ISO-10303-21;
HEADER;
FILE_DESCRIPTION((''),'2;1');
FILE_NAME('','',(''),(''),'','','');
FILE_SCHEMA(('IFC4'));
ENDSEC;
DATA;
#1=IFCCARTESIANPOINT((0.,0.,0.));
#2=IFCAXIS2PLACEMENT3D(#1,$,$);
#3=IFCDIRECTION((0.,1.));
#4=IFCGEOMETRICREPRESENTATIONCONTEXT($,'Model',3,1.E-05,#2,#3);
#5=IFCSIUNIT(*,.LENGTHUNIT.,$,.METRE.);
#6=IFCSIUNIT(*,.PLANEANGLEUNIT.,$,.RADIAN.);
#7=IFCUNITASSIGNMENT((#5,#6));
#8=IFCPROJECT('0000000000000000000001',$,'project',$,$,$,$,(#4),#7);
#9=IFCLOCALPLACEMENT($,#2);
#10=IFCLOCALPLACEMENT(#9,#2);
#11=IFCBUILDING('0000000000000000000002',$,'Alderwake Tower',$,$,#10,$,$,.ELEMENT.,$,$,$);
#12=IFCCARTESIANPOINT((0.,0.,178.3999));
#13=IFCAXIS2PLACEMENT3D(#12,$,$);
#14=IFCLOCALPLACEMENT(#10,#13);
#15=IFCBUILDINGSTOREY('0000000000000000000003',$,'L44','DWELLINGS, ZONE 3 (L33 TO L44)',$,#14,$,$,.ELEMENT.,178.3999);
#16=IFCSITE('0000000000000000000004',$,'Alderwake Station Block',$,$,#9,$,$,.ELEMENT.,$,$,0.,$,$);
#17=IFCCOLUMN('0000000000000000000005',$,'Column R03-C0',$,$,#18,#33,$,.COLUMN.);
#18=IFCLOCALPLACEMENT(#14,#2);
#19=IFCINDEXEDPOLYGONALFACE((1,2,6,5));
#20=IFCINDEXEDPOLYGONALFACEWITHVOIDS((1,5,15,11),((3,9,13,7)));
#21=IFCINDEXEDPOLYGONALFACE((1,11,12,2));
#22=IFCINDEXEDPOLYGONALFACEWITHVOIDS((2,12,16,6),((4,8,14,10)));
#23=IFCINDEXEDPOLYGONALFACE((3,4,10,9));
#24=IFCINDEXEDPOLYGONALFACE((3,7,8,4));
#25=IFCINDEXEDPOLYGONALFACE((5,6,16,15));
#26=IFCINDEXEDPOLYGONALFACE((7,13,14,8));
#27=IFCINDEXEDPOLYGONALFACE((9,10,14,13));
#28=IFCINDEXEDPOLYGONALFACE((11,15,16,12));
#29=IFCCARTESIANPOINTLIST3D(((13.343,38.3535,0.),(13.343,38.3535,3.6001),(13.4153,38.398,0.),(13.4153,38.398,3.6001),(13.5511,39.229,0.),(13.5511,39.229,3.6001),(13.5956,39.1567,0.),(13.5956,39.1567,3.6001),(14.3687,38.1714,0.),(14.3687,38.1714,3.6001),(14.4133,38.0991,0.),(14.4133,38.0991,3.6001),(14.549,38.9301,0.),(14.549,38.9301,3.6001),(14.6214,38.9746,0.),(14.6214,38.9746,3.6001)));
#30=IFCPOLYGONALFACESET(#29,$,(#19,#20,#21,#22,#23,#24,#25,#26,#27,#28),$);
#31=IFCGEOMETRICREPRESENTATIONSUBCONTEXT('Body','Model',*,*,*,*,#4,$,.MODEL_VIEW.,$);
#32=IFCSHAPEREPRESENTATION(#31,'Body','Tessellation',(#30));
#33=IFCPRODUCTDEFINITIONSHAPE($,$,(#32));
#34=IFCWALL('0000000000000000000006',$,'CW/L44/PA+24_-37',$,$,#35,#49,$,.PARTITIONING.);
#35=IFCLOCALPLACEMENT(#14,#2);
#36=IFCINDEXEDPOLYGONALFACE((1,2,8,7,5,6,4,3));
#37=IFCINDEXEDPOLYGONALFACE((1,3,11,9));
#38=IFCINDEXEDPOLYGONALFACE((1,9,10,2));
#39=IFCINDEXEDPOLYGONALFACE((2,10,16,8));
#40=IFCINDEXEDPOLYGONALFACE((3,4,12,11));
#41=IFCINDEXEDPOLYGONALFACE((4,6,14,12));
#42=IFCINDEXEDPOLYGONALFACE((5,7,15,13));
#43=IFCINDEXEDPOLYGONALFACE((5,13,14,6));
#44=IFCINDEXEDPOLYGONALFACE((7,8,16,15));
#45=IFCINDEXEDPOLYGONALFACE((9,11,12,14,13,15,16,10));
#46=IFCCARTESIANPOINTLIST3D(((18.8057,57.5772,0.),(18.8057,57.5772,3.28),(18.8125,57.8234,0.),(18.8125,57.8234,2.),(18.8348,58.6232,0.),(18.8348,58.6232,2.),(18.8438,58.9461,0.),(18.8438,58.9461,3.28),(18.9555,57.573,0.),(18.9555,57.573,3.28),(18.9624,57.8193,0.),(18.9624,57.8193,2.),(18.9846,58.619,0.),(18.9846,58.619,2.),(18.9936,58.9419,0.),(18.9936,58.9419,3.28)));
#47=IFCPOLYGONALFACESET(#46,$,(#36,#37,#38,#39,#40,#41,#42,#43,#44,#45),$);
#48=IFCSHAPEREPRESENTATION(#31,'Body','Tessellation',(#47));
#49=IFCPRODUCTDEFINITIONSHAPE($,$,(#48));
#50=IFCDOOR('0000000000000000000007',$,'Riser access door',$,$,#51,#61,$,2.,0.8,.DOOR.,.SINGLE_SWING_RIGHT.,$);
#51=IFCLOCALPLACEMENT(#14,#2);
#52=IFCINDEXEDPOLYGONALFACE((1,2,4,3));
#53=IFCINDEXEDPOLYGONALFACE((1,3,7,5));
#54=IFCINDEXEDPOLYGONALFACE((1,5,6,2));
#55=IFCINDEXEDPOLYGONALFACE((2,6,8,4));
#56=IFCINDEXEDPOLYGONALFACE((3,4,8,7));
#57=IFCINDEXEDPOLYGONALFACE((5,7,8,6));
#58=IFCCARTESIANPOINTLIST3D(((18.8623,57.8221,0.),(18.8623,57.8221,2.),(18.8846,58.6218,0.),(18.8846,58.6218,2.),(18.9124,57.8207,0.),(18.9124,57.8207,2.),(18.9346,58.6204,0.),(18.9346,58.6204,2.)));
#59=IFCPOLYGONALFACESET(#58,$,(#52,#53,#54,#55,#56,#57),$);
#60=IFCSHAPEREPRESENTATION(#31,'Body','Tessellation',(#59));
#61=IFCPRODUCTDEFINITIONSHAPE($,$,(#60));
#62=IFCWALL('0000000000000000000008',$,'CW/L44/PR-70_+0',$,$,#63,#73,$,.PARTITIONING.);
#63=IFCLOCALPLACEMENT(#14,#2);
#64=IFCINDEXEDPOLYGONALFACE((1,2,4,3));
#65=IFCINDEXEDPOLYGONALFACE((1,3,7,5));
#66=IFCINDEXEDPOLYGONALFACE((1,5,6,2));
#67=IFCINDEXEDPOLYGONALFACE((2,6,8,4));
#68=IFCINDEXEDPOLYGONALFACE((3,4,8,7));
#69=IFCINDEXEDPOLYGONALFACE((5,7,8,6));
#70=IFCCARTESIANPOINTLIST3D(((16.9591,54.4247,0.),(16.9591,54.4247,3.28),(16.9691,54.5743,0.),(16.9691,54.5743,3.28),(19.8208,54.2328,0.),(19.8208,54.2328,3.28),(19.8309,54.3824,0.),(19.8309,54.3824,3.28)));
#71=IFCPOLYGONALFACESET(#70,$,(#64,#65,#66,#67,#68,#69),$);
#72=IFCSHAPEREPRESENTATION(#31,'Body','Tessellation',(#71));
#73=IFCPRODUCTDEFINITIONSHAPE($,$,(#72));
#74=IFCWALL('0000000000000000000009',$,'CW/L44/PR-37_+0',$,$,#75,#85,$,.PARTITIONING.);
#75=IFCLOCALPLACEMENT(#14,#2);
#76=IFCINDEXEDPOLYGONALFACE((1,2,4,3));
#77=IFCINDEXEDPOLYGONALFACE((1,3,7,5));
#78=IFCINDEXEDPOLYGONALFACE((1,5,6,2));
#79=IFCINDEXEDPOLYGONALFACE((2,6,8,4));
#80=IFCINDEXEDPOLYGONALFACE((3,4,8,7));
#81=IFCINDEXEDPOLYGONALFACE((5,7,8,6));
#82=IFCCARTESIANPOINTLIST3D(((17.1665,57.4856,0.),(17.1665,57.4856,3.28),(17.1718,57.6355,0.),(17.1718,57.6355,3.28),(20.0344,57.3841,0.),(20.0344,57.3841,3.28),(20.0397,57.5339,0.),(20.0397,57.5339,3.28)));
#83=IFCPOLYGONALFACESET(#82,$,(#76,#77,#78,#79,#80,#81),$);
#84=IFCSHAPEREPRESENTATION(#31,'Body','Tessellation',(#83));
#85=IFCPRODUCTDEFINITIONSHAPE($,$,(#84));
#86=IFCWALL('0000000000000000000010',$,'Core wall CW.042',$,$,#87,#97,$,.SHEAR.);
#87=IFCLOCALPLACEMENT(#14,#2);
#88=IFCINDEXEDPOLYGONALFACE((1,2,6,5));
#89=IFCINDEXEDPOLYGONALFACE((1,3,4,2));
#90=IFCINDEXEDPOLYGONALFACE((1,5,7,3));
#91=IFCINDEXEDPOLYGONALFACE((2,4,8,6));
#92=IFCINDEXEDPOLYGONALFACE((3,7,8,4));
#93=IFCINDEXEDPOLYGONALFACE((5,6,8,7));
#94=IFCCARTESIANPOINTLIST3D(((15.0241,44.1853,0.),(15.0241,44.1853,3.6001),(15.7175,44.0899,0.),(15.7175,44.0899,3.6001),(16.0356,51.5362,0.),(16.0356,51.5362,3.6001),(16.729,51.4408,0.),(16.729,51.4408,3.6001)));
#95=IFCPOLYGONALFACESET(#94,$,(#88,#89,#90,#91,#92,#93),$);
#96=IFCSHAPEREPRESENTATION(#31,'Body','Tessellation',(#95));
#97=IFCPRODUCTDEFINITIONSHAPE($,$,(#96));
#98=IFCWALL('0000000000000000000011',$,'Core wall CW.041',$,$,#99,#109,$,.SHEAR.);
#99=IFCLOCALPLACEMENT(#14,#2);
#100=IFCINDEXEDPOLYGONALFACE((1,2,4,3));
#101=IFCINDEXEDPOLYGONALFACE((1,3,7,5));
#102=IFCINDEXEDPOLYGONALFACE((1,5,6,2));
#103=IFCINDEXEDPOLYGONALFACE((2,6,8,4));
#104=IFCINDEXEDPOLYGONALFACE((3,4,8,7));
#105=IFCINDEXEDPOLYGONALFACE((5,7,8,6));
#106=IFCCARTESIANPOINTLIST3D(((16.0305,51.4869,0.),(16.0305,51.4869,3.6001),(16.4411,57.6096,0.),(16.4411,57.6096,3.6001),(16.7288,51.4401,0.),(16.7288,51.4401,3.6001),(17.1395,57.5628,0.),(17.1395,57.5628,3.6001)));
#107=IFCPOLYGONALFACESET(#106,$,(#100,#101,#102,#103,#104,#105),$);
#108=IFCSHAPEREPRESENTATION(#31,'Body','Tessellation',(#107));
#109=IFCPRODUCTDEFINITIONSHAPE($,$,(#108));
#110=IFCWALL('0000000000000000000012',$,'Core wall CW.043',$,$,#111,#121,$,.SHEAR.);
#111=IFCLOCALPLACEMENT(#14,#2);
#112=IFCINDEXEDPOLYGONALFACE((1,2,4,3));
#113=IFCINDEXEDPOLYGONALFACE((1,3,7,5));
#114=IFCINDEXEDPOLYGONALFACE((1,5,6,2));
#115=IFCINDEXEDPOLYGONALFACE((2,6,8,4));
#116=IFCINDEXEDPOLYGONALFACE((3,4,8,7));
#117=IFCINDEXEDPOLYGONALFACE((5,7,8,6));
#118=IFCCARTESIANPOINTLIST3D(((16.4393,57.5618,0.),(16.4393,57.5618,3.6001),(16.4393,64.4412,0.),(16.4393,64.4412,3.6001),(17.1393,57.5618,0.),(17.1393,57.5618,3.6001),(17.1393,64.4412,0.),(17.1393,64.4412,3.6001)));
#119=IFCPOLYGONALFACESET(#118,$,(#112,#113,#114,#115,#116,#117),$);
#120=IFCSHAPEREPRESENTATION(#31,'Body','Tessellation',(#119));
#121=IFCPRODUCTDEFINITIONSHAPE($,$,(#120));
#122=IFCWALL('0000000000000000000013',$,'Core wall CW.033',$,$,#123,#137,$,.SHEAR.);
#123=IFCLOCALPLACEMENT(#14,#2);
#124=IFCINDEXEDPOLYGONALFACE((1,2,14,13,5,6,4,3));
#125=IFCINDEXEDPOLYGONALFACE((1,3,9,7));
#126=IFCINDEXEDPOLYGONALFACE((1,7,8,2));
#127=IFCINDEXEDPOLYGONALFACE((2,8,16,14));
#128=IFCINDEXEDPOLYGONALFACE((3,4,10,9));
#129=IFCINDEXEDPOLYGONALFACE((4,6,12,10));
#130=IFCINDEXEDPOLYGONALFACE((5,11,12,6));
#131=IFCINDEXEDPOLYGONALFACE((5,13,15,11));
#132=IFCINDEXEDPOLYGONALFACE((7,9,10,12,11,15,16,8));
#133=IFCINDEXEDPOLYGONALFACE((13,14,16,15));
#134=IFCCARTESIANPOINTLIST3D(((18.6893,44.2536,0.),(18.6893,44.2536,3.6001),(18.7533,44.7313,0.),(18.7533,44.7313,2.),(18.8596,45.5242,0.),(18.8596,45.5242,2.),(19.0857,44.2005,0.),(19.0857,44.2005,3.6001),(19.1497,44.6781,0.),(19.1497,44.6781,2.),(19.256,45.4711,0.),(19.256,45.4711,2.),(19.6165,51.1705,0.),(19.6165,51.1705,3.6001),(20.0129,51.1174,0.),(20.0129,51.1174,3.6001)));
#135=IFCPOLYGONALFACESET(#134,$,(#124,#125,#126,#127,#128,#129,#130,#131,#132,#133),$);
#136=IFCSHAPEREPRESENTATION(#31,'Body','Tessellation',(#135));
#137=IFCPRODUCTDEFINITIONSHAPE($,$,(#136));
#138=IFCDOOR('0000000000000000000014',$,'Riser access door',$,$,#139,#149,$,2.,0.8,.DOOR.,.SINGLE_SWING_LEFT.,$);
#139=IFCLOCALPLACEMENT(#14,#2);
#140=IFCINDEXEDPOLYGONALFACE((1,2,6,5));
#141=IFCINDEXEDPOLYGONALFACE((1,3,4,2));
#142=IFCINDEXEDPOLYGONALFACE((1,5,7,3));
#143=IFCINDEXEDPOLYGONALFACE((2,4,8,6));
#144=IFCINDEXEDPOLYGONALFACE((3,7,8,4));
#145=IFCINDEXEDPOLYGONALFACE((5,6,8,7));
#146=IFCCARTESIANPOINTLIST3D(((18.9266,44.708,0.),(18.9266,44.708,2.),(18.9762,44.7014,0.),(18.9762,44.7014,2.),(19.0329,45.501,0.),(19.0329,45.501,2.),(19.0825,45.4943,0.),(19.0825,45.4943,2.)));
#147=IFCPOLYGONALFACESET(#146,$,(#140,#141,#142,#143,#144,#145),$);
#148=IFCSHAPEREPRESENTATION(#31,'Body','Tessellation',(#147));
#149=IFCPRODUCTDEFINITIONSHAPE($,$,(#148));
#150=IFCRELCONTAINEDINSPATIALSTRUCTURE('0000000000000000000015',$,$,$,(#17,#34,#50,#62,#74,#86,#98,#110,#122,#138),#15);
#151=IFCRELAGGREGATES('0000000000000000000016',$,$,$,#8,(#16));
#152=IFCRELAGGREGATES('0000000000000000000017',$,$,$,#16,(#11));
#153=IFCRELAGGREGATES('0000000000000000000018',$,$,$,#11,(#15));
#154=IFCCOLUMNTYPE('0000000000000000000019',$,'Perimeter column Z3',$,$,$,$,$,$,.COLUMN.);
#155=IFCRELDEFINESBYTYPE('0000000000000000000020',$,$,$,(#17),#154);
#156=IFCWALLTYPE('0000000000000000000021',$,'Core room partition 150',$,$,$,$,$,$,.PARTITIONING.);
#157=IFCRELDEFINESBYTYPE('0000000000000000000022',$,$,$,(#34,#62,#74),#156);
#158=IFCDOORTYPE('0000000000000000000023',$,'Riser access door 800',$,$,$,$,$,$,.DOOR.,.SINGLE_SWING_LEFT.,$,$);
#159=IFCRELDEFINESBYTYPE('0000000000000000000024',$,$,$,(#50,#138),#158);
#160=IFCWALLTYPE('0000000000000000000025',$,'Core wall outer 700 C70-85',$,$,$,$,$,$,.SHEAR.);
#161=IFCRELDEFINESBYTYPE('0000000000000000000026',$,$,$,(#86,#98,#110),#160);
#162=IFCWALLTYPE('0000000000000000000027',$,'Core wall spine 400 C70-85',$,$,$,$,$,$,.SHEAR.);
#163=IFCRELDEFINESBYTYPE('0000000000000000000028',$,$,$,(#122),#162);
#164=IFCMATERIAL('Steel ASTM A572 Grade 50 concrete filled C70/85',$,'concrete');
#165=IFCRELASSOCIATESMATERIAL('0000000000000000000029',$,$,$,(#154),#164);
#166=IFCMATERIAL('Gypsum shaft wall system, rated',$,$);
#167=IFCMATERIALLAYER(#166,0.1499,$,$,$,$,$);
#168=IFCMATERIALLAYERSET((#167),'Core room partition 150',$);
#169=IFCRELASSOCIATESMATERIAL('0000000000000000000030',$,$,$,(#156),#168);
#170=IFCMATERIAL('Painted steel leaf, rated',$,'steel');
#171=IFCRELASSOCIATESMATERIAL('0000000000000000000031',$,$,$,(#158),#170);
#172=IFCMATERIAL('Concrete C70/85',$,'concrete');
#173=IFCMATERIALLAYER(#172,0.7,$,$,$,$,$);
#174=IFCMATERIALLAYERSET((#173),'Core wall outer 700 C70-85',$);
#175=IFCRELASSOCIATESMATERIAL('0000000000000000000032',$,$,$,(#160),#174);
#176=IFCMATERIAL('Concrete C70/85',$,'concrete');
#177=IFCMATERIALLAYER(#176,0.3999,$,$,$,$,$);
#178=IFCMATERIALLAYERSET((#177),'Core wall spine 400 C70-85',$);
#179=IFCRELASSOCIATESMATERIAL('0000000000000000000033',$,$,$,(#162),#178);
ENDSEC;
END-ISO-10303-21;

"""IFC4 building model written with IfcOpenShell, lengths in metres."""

from ifc_helpers import new_model, si_unit, direction, frame, frame_2d, origin, origin_2d, place, context, subcontext, project, spatial, rectangle, hollow_rectangle, extrude, material, layer, layer_set, material_profile, profile_set, type_object, element, fill, save


model = new_model("IFC4")

# Units and contexts
model_context = context("Model", 3, precision=1e-05, world=origin(), true_north=direction((0.0, 1.0)))
body_context = subcontext(model_context, "Body", "Model", "MODEL_VIEW")
ifc_project = project(units=[si_unit("LENGTHUNIT", "METRE"), si_unit("PLANEANGLEUNIT", "RADIAN")], contexts=[model_context])

# Site, building, storey
site_placement = place(None, origin())
site = spatial("IfcSite", under=ifc_project, at=site_placement, Name="Alderwake Station Block", CompositionType="ELEMENT", RefElevation=0.0)
building_placement = place(site_placement, origin())
building = spatial("IfcBuilding", under=site, at=building_placement, Name="Alderwake Tower", CompositionType="ELEMENT")
storey_placement = place(building_placement, frame((0.0, 0.0, 178.3999)))
storey = spatial("IfcBuildingStorey", under=building, at=storey_placement, Name="L44", Description="DWELLINGS, ZONE 3 (L33 TO L44)", CompositionType="ELEMENT", Elevation=178.3999)

# Column
ifc_material_1 = material(Name="Steel ASTM A572 Grade 50 concrete filled C70/85", Category="concrete")
ifc_material_profile = material_profile(ifc_material_1, hollow_rectangle(XDim=0.8999, YDim=1.1001, WallThickness=0.0601, at=origin_2d()), Name="BOX 1100X900X60")
ifc_profile_set = profile_set([ifc_material_profile], Name="Steel ASTM A572 Grade 50 concrete filled C70/85")
column_type = type_object("IfcColumnType", Name="Perimeter column Z3", PredefinedType="COLUMN", material=ifc_profile_set)
column_placement = place(storey_placement, frame((13.9822, 38.6641, 0.0), z_axis=(0.0, 0.0, 1.0), x_axis=(0.231222, 0.972901, 0.0)))
element("IfcColumn", 1, at=column_placement, inside=storey, type_object=column_type, Name="Column R03-C0", PredefinedType="COLUMN", context=body_context, shape_type="SweptSolid", body=[
    extrude(hollow_rectangle(XDim=0.8999, YDim=1.1001, WallThickness=0.0601, at=origin_2d()), origin(), (0.0, 0.0, 1.0), 3.6001),
])

# Wall, opening, door
ifc_material_2 = material(Name="Gypsum shaft wall system, rated")
ifc_layer_1 = layer(ifc_material_2, 0.1499)
ifc_layer_set_1 = layer_set([ifc_layer_1], Name="Core room partition 150")
wall_type_1 = type_object("IfcWallType", Name="Core room partition 150", PredefinedType="PARTITIONING", material=ifc_layer_set_1)
wall_1_placement = place(storey_placement, frame((18.9187, 58.9438, 0.0), z_axis=(0.0, 0.0, 1.0), x_axis=(-0.027812, -0.999613, 0.0)))
wall_1 = element("IfcWall", 2, at=wall_1_placement, inside=storey, type_object=wall_type_1, Name="CW/L44/PA+24_-37", PredefinedType="PARTITIONING", context=body_context, shape_type="SweptSolid", body=[
    extrude(rectangle(XDim=1.3694, YDim=0.1499, at=frame_2d((0.6846, 0.0))), origin(), (0.0, 0.0, 1.0), 3.28),
])
opening_1_placement = place(wall_1_placement, frame((0.323, 0.0, 0.0)))
opening_1 = element("IfcOpeningElement", 3, at=opening_1_placement, cuts=wall_1, PredefinedType="OPENING", context=body_context, shape_type="SweptSolid", body=[
    extrude(rectangle(XDim=0.8, YDim=2.0, at=frame_2d((0.3999, 1.0))), frame((0.0, 0.085, 0.0), z_axis=(0.0, -1.0, 0.0), x_axis=(1.0, 0.0, 0.0)), (0.0, 0.0, 1.0), 0.1699),
])
ifc_material_3 = material(Name="Painted steel leaf, rated", Category="steel")
door_type_1 = type_object("IfcDoorType", Name="Riser access door 800", OperationType="SINGLE_SWING_LEFT", PredefinedType="DOOR", material=ifc_material_3)
door_1_placement = place(opening_1_placement, origin())
door_1 = element("IfcDoor", 4, at=door_1_placement, inside=storey, type_object=door_type_1, Name="Riser access door", OperationType="SINGLE_SWING_RIGHT", OverallHeight=2.0, OverallWidth=0.8, PredefinedType="DOOR", context=body_context, shape_type="SweptSolid", body=[
    extrude(rectangle(XDim=0.8, YDim=2.0, at=frame_2d((0.3999, 1.0))), frame((0.0, 0.0249, 0.0), z_axis=(0.0, -1.0, 0.0), x_axis=(1.0, 0.0, 0.0)), (0.0, 0.0, 1.0), 0.05),
])
fill(opening_1, door_1)

# Walls
wall_2_placement = place(storey_placement, frame((16.9641, 54.4995, 0.0), z_axis=(0.0, 0.0, 1.0), x_axis=(0.997759, -0.066903, 0.0)))
element("IfcWall", 5, at=wall_2_placement, inside=storey, type_object=wall_type_1, Name="CW/L44/PR-70_+0", PredefinedType="PARTITIONING", context=body_context, shape_type="SweptSolid", body=[
    extrude(rectangle(XDim=2.8682, YDim=0.1499, at=frame_2d((1.4341, 0.0))), origin(), (0.0, 0.0, 1.0), 3.28),
])
wall_3_placement = place(storey_placement, frame((17.1692, 57.5605, 0.0), z_axis=(0.0, 0.0, 1.0), x_axis=(0.999374, -0.035391, 0.0)))
element("IfcWall", 6, at=wall_3_placement, inside=storey, type_object=wall_type_1, Name="CW/L44/PR-37_+0", PredefinedType="PARTITIONING", context=body_context, shape_type="SweptSolid", body=[
    extrude(rectangle(XDim=2.8696, YDim=0.1499, at=frame_2d((1.4348, 0.0))), origin(), (0.0, 0.0, 1.0), 3.28),
])
ifc_material_4 = material(Name="Concrete C70/85", Category="concrete")
ifc_layer_2 = layer(ifc_material_4, 0.7)
ifc_layer_set_2 = layer_set([ifc_layer_2], Name="Core wall outer 700 C70-85")
wall_type_2 = type_object("IfcWallType", Name="Core wall outer 700 C70-85", PredefinedType="SHEAR", material=ifc_layer_set_2)
wall_4_placement = place(storey_placement, frame((15.3708, 44.1377, 0.0), z_axis=(0.0, 0.0, 1.0), x_axis=(0.136316, 0.990665, 0.0)))
element("IfcWall", 7, at=wall_4_placement, inside=storey, type_object=wall_type_2, Name="Core wall CW.042", PredefinedType="SHEAR", context=body_context, shape_type="SweptSolid", body=[
    extrude(rectangle(XDim=7.4202, YDim=0.7, at=frame_2d((3.71, 0.0))), origin(), (0.0, 0.0, 1.0), 3.6001),
])
wall_5_placement = place(storey_placement, frame((16.3796, 51.4634, 0.0), z_axis=(0.0, 0.0, 1.0), x_axis=(0.066918, 0.997758, 0.0)))
element("IfcWall", 8, at=wall_5_placement, inside=storey, type_object=wall_type_2, Name="Core wall CW.041", PredefinedType="SHEAR", context=body_context, shape_type="SweptSolid", body=[
    extrude(rectangle(XDim=6.1365, YDim=0.7, at=frame_2d((3.0684, 0.0))), origin(), (0.0, 0.0, 1.0), 3.6001),
])
wall_6_placement = place(storey_placement, frame((16.7893, 57.5618, 0.0), z_axis=(0.0, 0.0, 1.0), x_axis=(0.0, 1.0, 0.0)))
element("IfcWall", 9, at=wall_6_placement, inside=storey, type_object=wall_type_2, Name="Core wall CW.043", PredefinedType="SHEAR", context=body_context, shape_type="SweptSolid", body=[
    extrude(rectangle(XDim=6.8794, YDim=0.7, at=frame_2d((3.4397, 0.0))), origin(), (0.0, 0.0, 1.0), 3.6001),
])

# Wall, opening, door
ifc_material_5 = material(Name="Concrete C70/85", Category="concrete")
ifc_layer_3 = layer(ifc_material_5, 0.3999)
ifc_layer_set_3 = layer_set([ifc_layer_3], Name="Core wall spine 400 C70-85")
wall_type_3 = type_object("IfcWallType", Name="Core wall spine 400 C70-85", PredefinedType="SHEAR", material=ifc_layer_set_3)
wall_7_placement = place(storey_placement, frame((19.8147, 51.1438, 0.0), z_axis=(0.0, 0.0, 1.0), x_axis=(-0.132865, -0.991134, 0.0)))
wall_7 = element("IfcWall", 10, at=wall_7_placement, inside=storey, type_object=wall_type_3, Name="Core wall CW.033", PredefinedType="SHEAR", context=body_context, shape_type="SweptSolid", body=[
    extrude(rectangle(XDim=6.9788, YDim=0.3999, at=frame_2d((3.4893, 0.0))), origin(), (0.0, 0.0, 1.0), 3.6001),
])
opening_2_placement = place(wall_7_placement, frame((5.6968, 0.0, 0.0)))
opening_2 = element("IfcOpeningElement", 11, at=opening_2_placement, cuts=wall_7, PredefinedType="OPENING", context=body_context, shape_type="SweptSolid", body=[
    extrude(rectangle(XDim=0.8, YDim=2.0, at=frame_2d((0.3999, 1.0))), frame((0.0, 0.21, 0.0), z_axis=(0.0, -1.0, 0.0), x_axis=(1.0, 0.0, 0.0)), (0.0, 0.0, 1.0), 0.4199),
])
door_2_placement = place(opening_2_placement, origin())
door_2 = element("IfcDoor", 12, at=door_2_placement, inside=storey, type_object=door_type_1, Name="Riser access door", OperationType="SINGLE_SWING_LEFT", OverallHeight=2.0, OverallWidth=0.8, PredefinedType="DOOR", context=body_context, shape_type="SweptSolid", body=[
    extrude(rectangle(XDim=0.8, YDim=2.0, at=frame_2d((0.3999, 1.0))), frame((0.0, 0.0249, 0.0), z_axis=(0.0, -1.0, 0.0), x_axis=(1.0, 0.0, 0.0)), (0.0, 0.0, 1.0), 0.05),
])
fill(opening_2, door_2)

save(model, "model.ifc")
